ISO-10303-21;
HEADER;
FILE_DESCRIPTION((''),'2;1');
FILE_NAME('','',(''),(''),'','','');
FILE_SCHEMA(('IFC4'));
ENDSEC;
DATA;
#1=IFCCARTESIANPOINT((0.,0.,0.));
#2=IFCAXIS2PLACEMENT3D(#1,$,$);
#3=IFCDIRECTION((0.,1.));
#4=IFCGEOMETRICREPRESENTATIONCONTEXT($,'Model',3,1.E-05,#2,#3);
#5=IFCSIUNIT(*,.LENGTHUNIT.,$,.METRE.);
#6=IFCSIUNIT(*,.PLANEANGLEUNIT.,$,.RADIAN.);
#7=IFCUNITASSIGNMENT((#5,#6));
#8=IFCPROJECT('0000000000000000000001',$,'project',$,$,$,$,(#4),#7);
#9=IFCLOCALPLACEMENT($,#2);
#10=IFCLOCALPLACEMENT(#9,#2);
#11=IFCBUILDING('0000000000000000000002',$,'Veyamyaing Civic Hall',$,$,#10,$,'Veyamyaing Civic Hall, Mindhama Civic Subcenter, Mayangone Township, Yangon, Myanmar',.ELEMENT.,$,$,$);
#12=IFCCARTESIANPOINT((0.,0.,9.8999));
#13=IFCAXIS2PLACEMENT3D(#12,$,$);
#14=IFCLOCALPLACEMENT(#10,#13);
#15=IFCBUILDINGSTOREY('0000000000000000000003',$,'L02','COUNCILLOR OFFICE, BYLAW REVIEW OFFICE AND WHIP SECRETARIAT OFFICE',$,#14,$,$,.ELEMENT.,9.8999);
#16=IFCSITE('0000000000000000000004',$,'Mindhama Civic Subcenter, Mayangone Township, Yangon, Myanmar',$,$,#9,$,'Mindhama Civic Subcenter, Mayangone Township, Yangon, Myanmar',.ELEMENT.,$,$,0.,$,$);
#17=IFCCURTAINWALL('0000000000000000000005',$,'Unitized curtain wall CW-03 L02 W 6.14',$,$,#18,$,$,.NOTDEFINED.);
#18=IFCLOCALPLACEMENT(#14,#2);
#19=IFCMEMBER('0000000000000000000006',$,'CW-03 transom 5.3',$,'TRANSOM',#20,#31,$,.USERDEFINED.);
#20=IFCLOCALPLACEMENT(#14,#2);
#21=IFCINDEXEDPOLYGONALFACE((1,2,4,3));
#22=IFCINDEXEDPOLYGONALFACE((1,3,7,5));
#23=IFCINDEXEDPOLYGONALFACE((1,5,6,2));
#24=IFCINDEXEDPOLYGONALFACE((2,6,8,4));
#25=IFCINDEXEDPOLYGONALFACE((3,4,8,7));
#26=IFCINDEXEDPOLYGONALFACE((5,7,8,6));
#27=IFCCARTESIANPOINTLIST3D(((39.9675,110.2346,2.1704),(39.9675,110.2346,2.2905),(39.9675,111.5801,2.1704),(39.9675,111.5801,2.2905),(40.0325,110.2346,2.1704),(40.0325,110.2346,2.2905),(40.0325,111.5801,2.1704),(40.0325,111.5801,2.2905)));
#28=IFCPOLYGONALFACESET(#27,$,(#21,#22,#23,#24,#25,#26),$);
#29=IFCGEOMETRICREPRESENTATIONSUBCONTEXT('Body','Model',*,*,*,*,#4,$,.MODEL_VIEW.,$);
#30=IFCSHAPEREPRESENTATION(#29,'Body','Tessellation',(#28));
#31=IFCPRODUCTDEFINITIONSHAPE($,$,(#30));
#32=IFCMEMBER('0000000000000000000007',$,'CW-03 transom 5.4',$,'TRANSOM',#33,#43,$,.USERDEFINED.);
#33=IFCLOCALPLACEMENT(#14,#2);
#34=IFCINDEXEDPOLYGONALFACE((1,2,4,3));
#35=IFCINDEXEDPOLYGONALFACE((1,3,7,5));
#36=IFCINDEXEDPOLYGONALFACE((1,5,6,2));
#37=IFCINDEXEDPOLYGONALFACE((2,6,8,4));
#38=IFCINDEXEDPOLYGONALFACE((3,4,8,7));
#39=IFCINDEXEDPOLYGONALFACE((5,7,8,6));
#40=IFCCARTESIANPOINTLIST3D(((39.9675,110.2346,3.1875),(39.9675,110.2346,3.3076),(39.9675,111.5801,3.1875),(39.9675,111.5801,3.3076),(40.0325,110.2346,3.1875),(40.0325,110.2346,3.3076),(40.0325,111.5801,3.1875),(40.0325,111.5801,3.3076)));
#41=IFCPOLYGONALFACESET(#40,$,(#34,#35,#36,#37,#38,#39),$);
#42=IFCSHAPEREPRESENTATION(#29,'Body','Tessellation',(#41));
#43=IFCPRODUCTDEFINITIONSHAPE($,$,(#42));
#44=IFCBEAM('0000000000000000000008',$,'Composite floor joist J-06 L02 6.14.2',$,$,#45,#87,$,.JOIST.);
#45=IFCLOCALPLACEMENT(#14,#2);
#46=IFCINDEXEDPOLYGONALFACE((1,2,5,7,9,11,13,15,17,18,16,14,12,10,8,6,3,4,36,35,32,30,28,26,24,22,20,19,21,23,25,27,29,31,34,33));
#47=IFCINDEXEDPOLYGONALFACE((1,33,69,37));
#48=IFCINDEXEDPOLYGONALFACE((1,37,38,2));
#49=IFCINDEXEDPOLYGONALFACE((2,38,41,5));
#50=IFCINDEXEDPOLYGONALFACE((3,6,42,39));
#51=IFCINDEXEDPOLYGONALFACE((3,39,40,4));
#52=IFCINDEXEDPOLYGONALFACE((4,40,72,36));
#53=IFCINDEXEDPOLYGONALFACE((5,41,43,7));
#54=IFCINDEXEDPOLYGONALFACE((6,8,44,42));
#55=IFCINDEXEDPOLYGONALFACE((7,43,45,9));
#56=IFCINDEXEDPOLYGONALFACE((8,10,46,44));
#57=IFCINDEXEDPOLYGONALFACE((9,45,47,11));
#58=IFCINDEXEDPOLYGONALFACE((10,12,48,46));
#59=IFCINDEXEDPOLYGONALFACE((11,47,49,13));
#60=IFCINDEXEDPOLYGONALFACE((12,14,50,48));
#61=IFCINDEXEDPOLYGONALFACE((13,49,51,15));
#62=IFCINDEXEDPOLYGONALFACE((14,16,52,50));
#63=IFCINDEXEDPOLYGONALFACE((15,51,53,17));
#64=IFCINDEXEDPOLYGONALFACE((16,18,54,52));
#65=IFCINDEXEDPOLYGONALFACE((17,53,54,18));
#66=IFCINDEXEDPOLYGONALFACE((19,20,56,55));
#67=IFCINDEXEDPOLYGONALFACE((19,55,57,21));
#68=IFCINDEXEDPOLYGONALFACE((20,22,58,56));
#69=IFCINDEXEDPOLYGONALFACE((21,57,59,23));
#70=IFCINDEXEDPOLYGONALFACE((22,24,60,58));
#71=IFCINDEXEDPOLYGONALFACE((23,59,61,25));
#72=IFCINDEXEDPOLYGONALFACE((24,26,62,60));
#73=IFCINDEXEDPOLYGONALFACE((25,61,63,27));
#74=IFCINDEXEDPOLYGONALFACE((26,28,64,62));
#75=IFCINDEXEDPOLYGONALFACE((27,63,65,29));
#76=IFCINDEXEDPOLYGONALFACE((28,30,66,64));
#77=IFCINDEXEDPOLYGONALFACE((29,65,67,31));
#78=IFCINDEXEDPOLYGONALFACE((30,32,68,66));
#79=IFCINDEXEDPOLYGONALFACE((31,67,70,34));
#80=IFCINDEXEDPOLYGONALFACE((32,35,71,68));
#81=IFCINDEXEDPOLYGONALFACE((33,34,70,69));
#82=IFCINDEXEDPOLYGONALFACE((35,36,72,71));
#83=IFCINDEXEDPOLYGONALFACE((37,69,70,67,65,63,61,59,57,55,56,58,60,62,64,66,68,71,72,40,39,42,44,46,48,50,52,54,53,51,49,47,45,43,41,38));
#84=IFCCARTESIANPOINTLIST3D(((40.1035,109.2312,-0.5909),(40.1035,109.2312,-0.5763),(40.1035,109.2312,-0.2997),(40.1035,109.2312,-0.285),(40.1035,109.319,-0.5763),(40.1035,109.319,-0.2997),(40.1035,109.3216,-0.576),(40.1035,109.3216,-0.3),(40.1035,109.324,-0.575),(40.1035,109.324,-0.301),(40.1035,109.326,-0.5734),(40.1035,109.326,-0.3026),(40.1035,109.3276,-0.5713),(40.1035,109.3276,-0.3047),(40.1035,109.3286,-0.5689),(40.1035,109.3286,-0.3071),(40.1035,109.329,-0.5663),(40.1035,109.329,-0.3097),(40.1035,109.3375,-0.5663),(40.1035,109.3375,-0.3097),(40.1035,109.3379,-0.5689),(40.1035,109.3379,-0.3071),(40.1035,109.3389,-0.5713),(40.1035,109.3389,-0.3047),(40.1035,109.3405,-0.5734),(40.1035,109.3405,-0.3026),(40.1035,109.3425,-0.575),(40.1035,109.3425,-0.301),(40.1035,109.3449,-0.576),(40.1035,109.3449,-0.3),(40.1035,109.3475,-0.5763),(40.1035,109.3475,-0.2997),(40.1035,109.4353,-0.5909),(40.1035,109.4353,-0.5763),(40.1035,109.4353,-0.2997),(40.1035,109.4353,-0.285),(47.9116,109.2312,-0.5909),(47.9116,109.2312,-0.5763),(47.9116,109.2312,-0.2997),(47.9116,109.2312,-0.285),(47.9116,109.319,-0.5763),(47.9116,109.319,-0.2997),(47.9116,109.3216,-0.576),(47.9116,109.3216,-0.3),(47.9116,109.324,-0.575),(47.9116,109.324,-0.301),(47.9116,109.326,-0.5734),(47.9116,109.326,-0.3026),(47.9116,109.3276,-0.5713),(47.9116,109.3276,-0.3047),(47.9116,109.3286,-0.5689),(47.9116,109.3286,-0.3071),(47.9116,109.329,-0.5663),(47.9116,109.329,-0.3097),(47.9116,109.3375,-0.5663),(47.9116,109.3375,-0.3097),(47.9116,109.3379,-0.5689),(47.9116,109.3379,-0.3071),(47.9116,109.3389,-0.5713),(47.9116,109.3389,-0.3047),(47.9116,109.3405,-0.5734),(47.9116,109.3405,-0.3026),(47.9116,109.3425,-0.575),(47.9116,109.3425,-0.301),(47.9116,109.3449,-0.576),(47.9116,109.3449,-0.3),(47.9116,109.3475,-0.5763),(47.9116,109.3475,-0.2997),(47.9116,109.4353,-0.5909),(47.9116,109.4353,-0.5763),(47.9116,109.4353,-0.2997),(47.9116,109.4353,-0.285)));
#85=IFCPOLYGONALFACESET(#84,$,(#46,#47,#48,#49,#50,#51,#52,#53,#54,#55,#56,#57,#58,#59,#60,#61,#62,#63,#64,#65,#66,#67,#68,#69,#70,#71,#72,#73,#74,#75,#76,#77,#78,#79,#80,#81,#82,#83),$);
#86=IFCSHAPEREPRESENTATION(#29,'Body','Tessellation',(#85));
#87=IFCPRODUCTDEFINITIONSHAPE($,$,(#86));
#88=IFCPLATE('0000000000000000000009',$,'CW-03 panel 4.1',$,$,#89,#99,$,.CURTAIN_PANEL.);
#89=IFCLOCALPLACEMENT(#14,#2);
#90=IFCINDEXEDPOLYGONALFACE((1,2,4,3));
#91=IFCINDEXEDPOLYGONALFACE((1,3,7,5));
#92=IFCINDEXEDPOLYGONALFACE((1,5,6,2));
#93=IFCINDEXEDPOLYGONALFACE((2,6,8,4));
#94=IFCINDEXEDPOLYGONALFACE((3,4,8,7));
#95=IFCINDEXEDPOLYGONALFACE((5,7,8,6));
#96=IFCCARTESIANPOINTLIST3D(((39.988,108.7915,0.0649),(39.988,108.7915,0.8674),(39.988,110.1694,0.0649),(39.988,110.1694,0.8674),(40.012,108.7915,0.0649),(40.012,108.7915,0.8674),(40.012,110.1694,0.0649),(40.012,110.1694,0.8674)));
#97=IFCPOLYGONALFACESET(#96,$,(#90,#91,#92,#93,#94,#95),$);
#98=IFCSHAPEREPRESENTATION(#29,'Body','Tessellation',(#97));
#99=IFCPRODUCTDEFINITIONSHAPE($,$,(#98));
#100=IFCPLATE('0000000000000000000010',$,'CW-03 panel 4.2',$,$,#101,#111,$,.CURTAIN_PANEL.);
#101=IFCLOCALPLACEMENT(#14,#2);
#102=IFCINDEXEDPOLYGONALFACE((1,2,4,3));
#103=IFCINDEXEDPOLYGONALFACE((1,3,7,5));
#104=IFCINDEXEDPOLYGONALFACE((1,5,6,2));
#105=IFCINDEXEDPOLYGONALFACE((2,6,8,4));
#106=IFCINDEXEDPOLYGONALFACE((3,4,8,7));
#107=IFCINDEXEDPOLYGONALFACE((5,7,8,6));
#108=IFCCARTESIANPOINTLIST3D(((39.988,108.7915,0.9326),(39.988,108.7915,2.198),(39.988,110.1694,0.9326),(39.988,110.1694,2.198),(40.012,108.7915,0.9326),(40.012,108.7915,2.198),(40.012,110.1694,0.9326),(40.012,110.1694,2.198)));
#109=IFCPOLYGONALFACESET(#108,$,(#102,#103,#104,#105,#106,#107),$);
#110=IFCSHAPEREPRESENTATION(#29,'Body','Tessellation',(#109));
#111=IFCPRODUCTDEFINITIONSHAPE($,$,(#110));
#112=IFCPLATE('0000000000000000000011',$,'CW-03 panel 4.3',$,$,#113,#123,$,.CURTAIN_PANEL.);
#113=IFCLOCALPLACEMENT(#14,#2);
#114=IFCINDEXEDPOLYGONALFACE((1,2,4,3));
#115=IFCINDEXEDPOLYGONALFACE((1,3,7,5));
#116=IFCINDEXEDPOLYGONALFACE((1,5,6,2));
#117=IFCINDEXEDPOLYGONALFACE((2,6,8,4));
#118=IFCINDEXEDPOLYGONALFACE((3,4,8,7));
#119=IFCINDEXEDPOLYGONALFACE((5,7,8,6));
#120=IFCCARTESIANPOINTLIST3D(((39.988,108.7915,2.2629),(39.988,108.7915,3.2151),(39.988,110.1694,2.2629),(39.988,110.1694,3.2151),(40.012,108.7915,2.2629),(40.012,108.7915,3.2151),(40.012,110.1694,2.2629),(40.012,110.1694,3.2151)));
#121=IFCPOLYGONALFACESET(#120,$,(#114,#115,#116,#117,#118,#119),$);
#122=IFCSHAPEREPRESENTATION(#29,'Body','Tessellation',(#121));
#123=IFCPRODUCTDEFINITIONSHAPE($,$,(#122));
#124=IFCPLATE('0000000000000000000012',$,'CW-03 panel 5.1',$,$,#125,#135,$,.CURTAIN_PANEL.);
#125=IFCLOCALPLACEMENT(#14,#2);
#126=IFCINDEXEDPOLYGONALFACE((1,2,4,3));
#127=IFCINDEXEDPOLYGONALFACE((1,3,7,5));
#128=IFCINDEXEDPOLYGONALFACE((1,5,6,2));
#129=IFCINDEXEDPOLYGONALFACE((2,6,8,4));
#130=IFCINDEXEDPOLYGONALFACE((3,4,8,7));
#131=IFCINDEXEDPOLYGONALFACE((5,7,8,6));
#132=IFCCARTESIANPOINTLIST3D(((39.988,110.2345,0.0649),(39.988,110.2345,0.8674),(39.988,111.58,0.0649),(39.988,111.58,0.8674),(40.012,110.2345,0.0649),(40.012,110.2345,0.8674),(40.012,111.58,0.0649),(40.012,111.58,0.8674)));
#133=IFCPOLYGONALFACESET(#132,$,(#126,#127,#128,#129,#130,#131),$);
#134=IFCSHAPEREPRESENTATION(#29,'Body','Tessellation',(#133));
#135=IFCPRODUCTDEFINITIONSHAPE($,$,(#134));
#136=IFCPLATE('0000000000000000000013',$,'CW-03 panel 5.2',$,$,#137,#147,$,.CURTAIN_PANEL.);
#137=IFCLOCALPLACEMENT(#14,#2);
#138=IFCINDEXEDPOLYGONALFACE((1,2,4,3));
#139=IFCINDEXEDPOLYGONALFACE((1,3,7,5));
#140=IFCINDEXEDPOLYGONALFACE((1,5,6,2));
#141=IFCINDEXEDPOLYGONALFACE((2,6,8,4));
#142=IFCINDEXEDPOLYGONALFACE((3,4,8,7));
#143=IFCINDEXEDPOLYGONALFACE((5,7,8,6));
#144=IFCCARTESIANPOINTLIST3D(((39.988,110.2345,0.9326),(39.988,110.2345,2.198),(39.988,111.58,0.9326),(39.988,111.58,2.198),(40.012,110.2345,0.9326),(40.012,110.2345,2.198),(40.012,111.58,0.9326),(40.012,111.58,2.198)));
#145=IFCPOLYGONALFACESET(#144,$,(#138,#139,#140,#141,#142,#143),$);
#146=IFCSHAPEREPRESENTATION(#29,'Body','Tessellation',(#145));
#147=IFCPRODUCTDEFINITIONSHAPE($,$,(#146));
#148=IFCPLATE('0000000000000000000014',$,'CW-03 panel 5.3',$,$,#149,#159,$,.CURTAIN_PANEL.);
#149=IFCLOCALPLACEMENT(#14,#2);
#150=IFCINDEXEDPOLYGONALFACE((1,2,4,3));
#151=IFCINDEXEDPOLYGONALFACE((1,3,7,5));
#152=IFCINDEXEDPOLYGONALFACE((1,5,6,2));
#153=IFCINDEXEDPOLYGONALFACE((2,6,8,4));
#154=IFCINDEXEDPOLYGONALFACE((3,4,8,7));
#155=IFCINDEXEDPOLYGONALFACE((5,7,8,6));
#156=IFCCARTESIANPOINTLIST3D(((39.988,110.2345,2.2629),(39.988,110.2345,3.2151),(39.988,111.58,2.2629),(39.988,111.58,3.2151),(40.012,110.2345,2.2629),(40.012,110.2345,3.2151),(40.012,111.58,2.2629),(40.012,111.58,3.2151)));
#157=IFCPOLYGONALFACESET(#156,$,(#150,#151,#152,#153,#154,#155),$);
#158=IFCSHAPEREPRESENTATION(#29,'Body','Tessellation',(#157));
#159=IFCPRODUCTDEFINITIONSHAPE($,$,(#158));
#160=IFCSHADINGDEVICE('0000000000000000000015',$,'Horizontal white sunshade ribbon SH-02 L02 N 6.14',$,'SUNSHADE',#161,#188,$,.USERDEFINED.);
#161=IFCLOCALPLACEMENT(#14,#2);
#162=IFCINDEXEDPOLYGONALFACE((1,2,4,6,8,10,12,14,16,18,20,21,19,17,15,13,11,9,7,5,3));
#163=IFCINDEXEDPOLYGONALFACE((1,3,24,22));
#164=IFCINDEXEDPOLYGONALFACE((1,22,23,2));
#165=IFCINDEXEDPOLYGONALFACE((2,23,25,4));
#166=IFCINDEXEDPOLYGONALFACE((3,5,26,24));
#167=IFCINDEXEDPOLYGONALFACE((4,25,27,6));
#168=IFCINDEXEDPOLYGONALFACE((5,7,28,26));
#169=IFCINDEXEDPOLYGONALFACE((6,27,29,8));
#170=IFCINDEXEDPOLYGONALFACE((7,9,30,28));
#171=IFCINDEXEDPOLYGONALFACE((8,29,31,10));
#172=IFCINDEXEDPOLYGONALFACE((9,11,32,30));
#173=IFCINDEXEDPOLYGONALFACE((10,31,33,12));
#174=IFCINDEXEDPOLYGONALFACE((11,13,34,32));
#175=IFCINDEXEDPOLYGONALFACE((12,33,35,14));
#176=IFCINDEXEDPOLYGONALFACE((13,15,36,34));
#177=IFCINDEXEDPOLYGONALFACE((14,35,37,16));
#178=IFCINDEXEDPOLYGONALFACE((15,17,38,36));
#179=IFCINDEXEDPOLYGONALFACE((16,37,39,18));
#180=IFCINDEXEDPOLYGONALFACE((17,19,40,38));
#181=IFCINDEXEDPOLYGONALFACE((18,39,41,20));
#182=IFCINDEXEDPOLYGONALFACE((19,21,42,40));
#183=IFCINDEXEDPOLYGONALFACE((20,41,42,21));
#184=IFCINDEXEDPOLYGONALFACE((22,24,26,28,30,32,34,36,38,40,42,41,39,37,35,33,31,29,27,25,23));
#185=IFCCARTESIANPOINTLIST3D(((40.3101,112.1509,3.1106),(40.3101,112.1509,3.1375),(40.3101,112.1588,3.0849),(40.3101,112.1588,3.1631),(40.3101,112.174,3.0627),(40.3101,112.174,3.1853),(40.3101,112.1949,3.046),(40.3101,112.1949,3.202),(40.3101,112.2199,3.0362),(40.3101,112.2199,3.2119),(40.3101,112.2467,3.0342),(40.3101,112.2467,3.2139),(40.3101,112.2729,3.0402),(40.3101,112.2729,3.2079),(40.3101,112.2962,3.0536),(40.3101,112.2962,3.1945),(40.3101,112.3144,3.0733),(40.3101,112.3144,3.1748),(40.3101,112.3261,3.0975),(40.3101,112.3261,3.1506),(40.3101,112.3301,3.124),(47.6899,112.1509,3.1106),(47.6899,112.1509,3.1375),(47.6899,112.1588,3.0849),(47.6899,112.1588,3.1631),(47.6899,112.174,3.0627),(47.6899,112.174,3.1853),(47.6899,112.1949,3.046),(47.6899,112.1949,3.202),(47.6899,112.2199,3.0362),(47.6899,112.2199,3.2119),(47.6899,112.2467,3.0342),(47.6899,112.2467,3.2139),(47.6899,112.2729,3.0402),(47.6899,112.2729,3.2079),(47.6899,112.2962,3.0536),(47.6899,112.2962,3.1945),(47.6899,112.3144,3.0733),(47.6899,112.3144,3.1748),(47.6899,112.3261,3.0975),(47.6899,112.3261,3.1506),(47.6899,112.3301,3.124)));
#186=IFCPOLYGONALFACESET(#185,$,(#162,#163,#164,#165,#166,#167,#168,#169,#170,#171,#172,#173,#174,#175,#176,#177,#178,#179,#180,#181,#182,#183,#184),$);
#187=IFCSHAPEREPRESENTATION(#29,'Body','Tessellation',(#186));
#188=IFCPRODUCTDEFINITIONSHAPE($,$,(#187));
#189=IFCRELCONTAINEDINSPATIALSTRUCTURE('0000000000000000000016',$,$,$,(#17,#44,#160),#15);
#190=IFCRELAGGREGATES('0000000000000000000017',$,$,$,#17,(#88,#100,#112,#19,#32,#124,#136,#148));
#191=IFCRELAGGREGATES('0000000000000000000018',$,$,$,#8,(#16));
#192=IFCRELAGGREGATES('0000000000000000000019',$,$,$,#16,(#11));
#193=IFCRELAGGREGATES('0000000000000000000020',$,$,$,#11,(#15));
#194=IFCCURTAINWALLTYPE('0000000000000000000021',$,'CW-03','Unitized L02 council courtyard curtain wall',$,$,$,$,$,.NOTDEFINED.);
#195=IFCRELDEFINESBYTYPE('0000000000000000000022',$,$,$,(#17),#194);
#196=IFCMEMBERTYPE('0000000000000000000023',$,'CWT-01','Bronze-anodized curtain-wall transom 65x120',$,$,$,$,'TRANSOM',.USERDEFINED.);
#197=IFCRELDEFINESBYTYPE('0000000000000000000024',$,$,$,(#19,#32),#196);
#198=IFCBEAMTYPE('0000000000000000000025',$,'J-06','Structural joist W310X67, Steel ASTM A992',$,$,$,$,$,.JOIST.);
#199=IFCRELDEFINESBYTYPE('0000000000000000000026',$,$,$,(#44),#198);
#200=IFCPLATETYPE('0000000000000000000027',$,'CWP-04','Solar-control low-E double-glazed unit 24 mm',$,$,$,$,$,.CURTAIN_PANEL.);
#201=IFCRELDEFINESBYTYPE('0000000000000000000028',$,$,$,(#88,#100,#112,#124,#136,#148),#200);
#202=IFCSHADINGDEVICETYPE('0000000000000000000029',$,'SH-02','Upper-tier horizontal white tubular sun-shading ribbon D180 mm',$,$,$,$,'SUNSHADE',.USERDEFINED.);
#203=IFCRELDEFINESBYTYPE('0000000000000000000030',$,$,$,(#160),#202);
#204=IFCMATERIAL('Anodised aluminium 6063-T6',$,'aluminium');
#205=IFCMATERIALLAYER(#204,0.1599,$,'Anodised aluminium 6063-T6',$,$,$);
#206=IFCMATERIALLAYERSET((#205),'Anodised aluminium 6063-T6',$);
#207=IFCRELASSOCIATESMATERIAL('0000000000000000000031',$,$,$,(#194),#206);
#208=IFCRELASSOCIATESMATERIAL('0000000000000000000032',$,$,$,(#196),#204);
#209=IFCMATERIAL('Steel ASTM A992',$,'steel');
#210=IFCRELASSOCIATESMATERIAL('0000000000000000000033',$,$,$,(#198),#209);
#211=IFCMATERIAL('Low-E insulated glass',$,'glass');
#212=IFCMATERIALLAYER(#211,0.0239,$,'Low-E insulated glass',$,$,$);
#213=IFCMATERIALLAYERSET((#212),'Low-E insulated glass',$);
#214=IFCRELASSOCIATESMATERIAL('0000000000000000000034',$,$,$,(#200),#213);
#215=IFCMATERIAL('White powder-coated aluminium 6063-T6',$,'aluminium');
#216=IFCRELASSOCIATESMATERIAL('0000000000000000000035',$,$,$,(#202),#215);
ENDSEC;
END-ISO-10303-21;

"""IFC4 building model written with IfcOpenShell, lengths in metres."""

from ifc_helpers import new_model, si_unit, direction, frame, origin, origin_2d, place, context, subcontext, project, spatial, rectangle, circle, i_section, extrude, material, layer, layer_set, material_profile, profile_set, type_object, element, aggregate, save


model = new_model("IFC4")

# Units and contexts
model_context = context("Model", 3, precision=1e-05, world=origin(), true_north=direction((0.0, 1.0)))
body_context = subcontext(model_context, "Body", "Model", "MODEL_VIEW")
ifc_project = project(units=[si_unit("LENGTHUNIT", "METRE"), si_unit("PLANEANGLEUNIT", "RADIAN")], contexts=[model_context])

# Site, building, storey
site_placement = place(None, origin())
site = spatial("IfcSite", under=ifc_project, at=site_placement, Name="Mindhama Civic Subcenter, Mayangone Township, Yangon, Myanmar", LongName="Mindhama Civic Subcenter, Mayangone Township, Yangon, Myanmar", CompositionType="ELEMENT", RefElevation=0.0)
building_placement = place(site_placement, origin())
building = spatial("IfcBuilding", under=site, at=building_placement, Name="Veyamyaing Civic Hall", LongName="Veyamyaing Civic Hall, Mindhama Civic Subcenter, Mayangone Township, Yangon, Myanmar", CompositionType="ELEMENT")
storey_placement = place(building_placement, frame((0.0, 0.0, 9.8999)))
storey = spatial("IfcBuildingStorey", under=building, at=storey_placement, Name="L02", Description="COUNCILLOR OFFICE, BYLAW REVIEW OFFICE AND WHIP SECRETARIAT OFFICE", CompositionType="ELEMENT", Elevation=9.8999)

# Shared definitions
ifc_material_1 = material(Name="Steel ASTM A992", Category="steel")

# Shared definitions
ifc_material_2 = material(Name="Anodised aluminium 6063-T6", Category="aluminium")
ifc_layer_1 = layer(ifc_material_2, 0.1599, Name="Anodised aluminium 6063-T6")
ifc_layer_set_1 = layer_set([ifc_layer_1], Name="Anodised aluminium 6063-T6")
curtain_wall_type = type_object("IfcCurtainWallType", Name="CW-03", Description="Unitized L02 council courtyard curtain wall", PredefinedType="NOTDEFINED", material=ifc_layer_set_1)

# Curtain wall
curtain_wall_1_placement = place(storey_placement, origin())
curtain_wall_1 = element("IfcCurtainWall", 1, at=curtain_wall_1_placement, inside=storey, type_object=curtain_wall_type, Name="Unitized curtain wall CW-03 L02 W 6.14", PredefinedType="NOTDEFINED")

# Members
ifc_material_profile_1 = material_profile(ifc_material_2, rectangle(XDim=0.0649, YDim=0.1201, at=origin_2d()), Name="ALU-TRN-65X120")
ifc_profile_set_1 = profile_set([ifc_material_profile_1], Name="Anodised aluminium 6063-T6")
member_type_1 = type_object("IfcMemberType", Name="CWT-01", Description="Bronze-anodized curtain-wall transom 65x120", ElementType="TRANSOM", PredefinedType="USERDEFINED", material=ifc_profile_set_1)
member_1_placement = place(storey_placement, frame((40.0, 110.2346, 2.2305), z_axis=(0.0, 1.0, 0.0), x_axis=(-1.0, 0.0, 0.0)))
member_1 = element("IfcMember", 2, at=member_1_placement, type_object=member_type_1, Name="CW-03 transom 5.3", ObjectType="TRANSOM", PredefinedType="USERDEFINED", context=body_context, shape_type="SweptSolid", body=[
    extrude(rectangle(XDim=0.0649, YDim=0.1201, at=origin_2d()), origin(), (0.0, 0.0, 1.0), 1.3455),
])
member_2_placement = place(storey_placement, frame((40.0, 110.2346, 3.2476), z_axis=(0.0, 1.0, 0.0), x_axis=(-1.0, 0.0, 0.0)))
member_2 = element("IfcMember", 3, at=member_2_placement, type_object=member_type_1, Name="CW-03 transom 5.4", ObjectType="TRANSOM", PredefinedType="USERDEFINED", context=body_context, shape_type="SweptSolid", body=[
    extrude(rectangle(XDim=0.0649, YDim=0.1201, at=origin_2d()), origin(), (0.0, 0.0, 1.0), 1.3455),
])

# Beam
ifc_material_profile_2 = material_profile(ifc_material_1, i_section(OverallWidth=0.2041, OverallDepth=0.3059, WebThickness=0.0085, FlangeThickness=0.0146, FilletRadius=0.01, at=origin_2d()), Name="W310X67")
ifc_profile_set_2 = profile_set([ifc_material_profile_2], Name="Steel ASTM A992")
beam_type_1 = type_object("IfcBeamType", Name="J-06", Description="Structural joist W310X67, Steel ASTM A992", PredefinedType="JOIST", material=ifc_profile_set_2)
beam_1_placement = place(storey_placement, frame((40.1035, 109.3333, -0.438), z_axis=(1.0, 0.0, 0.0), x_axis=(0.0, 1.0, 0.0)))
element("IfcBeam", 4, at=beam_1_placement, inside=storey, type_object=beam_type_1, Name="Composite floor joist J-06 L02 6.14.2", PredefinedType="JOIST", context=body_context, shape_type="SweptSolid", body=[
    extrude(i_section(OverallWidth=0.2041, OverallDepth=0.3059, WebThickness=0.0085, FlangeThickness=0.0146, FilletRadius=0.01, at=origin_2d()), origin(), (0.0, 0.0, 1.0), 7.8081),
])

# Plates
ifc_material_3 = material(Name="Low-E insulated glass", Category="glass")
ifc_layer_2 = layer(ifc_material_3, 0.0239, Name="Low-E insulated glass")
ifc_layer_set_2 = layer_set([ifc_layer_2], Name="Low-E insulated glass")
plate_type = type_object("IfcPlateType", Name="CWP-04", Description="Solar-control low-E double-glazed unit 24 mm", PredefinedType="CURTAIN_PANEL", material=ifc_layer_set_2)
plate_1_placement = place(storey_placement, frame((40.0, 109.4805, 0.0649), z_axis=(0.0, 0.0, 1.0), x_axis=(0.0, 1.0, 0.0)))
plate_1 = element("IfcPlate", 5, at=plate_1_placement, type_object=plate_type, Name="CW-03 panel 4.1", PredefinedType="CURTAIN_PANEL", context=body_context, shape_type="SweptSolid", body=[
    extrude(rectangle(XDim=1.3779, YDim=0.0239, at=origin_2d()), origin(), (0.0, 0.0, 1.0), 0.8025),
])
plate_2_placement = place(storey_placement, frame((40.0, 109.4805, 0.9326), z_axis=(0.0, 0.0, 1.0), x_axis=(0.0, 1.0, 0.0)))
plate_2 = element("IfcPlate", 6, at=plate_2_placement, type_object=plate_type, Name="CW-03 panel 4.2", PredefinedType="CURTAIN_PANEL", context=body_context, shape_type="SweptSolid", body=[
    extrude(rectangle(XDim=1.3779, YDim=0.0239, at=origin_2d()), origin(), (0.0, 0.0, 1.0), 1.2654),
])
plate_3_placement = place(storey_placement, frame((40.0, 109.4805, 2.2629), z_axis=(0.0, 0.0, 1.0), x_axis=(0.0, 1.0, 0.0)))
plate_3 = element("IfcPlate", 7, at=plate_3_placement, type_object=plate_type, Name="CW-03 panel 4.3", PredefinedType="CURTAIN_PANEL", context=body_context, shape_type="SweptSolid", body=[
    extrude(rectangle(XDim=1.3779, YDim=0.0239, at=origin_2d()), origin(), (0.0, 0.0, 1.0), 0.9521),
])
plate_4_placement = place(storey_placement, frame((40.0, 110.9072, 0.0649), z_axis=(0.0, 0.0, 1.0), x_axis=(0.0, 1.0, 0.0)))
plate_4 = element("IfcPlate", 8, at=plate_4_placement, type_object=plate_type, Name="CW-03 panel 5.1", PredefinedType="CURTAIN_PANEL", context=body_context, shape_type="SweptSolid", body=[
    extrude(rectangle(XDim=1.3455, YDim=0.0239, at=origin_2d()), origin(), (0.0, 0.0, 1.0), 0.8025),
])
plate_5_placement = place(storey_placement, frame((40.0, 110.9072, 0.9326), z_axis=(0.0, 0.0, 1.0), x_axis=(0.0, 1.0, 0.0)))
plate_5 = element("IfcPlate", 9, at=plate_5_placement, type_object=plate_type, Name="CW-03 panel 5.2", PredefinedType="CURTAIN_PANEL", context=body_context, shape_type="SweptSolid", body=[
    extrude(rectangle(XDim=1.3455, YDim=0.0239, at=origin_2d()), origin(), (0.0, 0.0, 1.0), 1.2654),
])
plate_6_placement = place(storey_placement, frame((40.0, 110.9072, 2.2629), z_axis=(0.0, 0.0, 1.0), x_axis=(0.0, 1.0, 0.0)))
plate_6 = element("IfcPlate", 10, at=plate_6_placement, type_object=plate_type, Name="CW-03 panel 5.3", PredefinedType="CURTAIN_PANEL", context=body_context, shape_type="SweptSolid", body=[
    extrude(rectangle(XDim=1.3455, YDim=0.0239, at=origin_2d()), origin(), (0.0, 0.0, 1.0), 0.9521),
])
aggregate(curtain_wall_1, [plate_1, plate_2, plate_3, member_1, member_2, plate_4, plate_5, plate_6])

# Shading device
ifc_material_4 = material(Name="White powder-coated aluminium 6063-T6", Category="aluminium")
ifc_material_profile_3 = material_profile(ifc_material_4, circle(Radius=0.0901, at=origin_2d()), Name="SHADE-TUBE-180")
ifc_profile_set_3 = profile_set([ifc_material_profile_3], Name="White powder-coated aluminium 6063-T6")
shading_device_type = type_object("IfcShadingDeviceType", Name="SH-02", Description="Upper-tier horizontal white tubular sun-shading ribbon D180 mm", ElementType="SUNSHADE", PredefinedType="USERDEFINED", material=ifc_profile_set_3)
shading_device_placement = place(storey_placement, frame((40.3101, 112.24, 3.124), z_axis=(1.0, 0.0, 0.0), x_axis=(0.0, 1.0, 0.0)))
element("IfcShadingDevice", 11, at=shading_device_placement, inside=storey, type_object=shading_device_type, Name="Horizontal white sunshade ribbon SH-02 L02 N 6.14", ObjectType="SUNSHADE", PredefinedType="USERDEFINED", context=body_context, shape_type="SweptSolid", body=[
    extrude(circle(Radius=0.0901, at=origin_2d()), origin(), (0.0, 0.0, 1.0), 7.3799),
])

save(model, "model.ifc")
